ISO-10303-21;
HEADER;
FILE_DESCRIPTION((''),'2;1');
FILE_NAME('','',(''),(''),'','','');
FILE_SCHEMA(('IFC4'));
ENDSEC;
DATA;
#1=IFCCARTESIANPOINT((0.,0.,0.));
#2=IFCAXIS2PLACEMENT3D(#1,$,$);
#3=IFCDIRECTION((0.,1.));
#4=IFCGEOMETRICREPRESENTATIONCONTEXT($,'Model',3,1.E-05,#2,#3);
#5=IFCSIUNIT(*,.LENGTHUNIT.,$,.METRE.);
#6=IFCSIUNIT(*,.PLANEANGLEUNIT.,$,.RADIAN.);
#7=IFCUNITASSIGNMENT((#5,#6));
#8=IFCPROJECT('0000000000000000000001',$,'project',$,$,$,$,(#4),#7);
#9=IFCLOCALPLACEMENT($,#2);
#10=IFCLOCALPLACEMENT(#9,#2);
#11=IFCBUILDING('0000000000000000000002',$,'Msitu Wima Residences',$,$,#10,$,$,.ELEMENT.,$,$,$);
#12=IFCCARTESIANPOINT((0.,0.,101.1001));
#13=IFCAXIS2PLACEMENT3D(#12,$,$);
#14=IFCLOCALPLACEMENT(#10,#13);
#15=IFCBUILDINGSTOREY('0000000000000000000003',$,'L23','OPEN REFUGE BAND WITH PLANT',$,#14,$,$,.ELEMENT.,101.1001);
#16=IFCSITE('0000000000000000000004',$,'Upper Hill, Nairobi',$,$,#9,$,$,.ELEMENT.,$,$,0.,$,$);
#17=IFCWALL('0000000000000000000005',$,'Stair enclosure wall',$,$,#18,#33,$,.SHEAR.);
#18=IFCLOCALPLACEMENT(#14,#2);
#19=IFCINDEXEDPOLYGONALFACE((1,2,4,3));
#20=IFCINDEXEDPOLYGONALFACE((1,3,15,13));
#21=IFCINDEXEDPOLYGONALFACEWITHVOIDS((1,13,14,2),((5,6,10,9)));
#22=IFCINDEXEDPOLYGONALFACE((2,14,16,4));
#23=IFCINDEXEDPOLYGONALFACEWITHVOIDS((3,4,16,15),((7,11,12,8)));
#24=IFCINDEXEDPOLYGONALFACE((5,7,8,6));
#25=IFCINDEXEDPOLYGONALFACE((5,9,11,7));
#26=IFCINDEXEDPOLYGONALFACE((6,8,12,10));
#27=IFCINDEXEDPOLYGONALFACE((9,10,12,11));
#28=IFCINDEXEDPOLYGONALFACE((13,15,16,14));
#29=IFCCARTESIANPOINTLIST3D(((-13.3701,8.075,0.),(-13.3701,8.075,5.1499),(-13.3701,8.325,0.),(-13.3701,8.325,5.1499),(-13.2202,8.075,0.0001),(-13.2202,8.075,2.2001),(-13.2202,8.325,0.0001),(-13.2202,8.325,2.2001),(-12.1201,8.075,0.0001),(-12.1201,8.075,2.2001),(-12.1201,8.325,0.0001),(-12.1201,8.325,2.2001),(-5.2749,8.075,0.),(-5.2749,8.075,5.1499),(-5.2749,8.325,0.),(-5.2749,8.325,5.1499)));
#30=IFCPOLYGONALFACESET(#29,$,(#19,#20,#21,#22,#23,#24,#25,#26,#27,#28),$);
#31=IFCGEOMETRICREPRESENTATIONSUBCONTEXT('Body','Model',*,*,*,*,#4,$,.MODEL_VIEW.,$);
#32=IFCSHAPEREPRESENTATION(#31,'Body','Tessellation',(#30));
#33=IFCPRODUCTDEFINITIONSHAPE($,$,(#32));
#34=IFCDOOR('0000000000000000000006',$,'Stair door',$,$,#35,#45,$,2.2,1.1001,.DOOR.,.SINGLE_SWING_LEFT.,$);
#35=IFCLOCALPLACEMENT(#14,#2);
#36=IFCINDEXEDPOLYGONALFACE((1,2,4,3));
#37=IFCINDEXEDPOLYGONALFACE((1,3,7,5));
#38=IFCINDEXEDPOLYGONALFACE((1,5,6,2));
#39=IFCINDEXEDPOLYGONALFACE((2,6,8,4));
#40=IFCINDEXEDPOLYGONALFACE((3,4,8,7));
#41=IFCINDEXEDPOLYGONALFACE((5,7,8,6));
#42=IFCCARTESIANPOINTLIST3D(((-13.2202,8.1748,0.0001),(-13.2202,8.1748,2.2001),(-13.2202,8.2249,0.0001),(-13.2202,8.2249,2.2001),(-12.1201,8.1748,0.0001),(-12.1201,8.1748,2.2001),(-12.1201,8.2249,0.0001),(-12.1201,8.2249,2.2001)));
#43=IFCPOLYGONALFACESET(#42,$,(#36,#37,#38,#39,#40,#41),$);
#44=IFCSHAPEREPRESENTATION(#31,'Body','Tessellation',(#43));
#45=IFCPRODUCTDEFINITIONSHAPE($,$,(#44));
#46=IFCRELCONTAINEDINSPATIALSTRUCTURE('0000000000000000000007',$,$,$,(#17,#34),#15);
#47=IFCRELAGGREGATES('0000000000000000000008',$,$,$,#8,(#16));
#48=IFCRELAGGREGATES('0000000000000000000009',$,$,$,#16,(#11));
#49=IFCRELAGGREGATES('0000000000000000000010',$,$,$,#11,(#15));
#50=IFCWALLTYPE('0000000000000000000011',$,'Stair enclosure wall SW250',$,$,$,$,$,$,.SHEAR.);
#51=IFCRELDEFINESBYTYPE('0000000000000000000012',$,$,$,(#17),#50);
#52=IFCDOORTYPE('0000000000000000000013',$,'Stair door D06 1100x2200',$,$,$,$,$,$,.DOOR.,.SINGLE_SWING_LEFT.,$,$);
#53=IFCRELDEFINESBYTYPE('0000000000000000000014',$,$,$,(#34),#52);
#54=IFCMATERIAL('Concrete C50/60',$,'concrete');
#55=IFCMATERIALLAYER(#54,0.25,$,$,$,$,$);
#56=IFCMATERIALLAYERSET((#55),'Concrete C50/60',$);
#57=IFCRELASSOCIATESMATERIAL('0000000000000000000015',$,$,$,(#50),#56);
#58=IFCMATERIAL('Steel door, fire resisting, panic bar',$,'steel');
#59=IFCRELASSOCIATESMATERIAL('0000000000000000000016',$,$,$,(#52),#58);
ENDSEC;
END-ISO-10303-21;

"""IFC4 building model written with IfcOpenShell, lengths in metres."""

from ifc_helpers import new_model, si_unit, direction, frame, frame_2d, origin, place, context, subcontext, project, spatial, rectangle, extrude, material, layer, layer_set, type_object, element, fill, save


model = new_model("IFC4")

# Units and contexts
model_context = context("Model", 3, precision=1e-05, world=origin(), true_north=direction((0.0, 1.0)))
body_context = subcontext(model_context, "Body", "Model", "MODEL_VIEW")
ifc_project = project(units=[si_unit("LENGTHUNIT", "METRE"), si_unit("PLANEANGLEUNIT", "RADIAN")], contexts=[model_context])

# Site, building, storey
site_placement = place(None, origin())
site = spatial("IfcSite", under=ifc_project, at=site_placement, Name="Upper Hill, Nairobi", CompositionType="ELEMENT", RefElevation=0.0)
building_placement = place(site_placement, origin())
building = spatial("IfcBuilding", under=site, at=building_placement, Name="Msitu Wima Residences", CompositionType="ELEMENT")
storey_placement = place(building_placement, frame((0.0, 0.0, 101.1001)))
storey = spatial("IfcBuildingStorey", under=building, at=storey_placement, Name="L23", Description="OPEN REFUGE BAND WITH PLANT", CompositionType="ELEMENT", Elevation=101.1001)

# Shared definitions
ifc_material_1 = material(Name="Concrete C50/60", Category="concrete")

# Wall, opening, door
ifc_layer_1 = layer(ifc_material_1, 0.25)
ifc_layer_set_1 = layer_set([ifc_layer_1], Name="Concrete C50/60")
wall_type_1 = type_object("IfcWallType", Name="Stair enclosure wall SW250", PredefinedType="SHEAR", material=ifc_layer_set_1)
wall_1_placement = place(storey_placement, frame((-13.3701, 8.2, 0.0), z_axis=(0.0, 0.0, 1.0), x_axis=(1.0, 0.0, 0.0)))
wall_1 = element("IfcWall", 1, at=wall_1_placement, inside=storey, type_object=wall_type_1, Name="Stair enclosure wall", PredefinedType="SHEAR", context=body_context, shape_type="SweptSolid", body=[
    extrude(rectangle(XDim=8.0952, YDim=0.25, at=frame_2d((4.0476, 0.0))), origin(), (0.0, 0.0, 1.0), 5.1499),
])
opening_1_placement = place(wall_1_placement, frame((0.1499, 0.0, 0.0)))
opening_1 = element("IfcOpeningElement", 2, at=opening_1_placement, cuts=wall_1, PredefinedType="OPENING", context=body_context, shape_type="SweptSolid", body=[
    extrude(rectangle(XDim=1.1001, YDim=2.2, at=frame_2d((0.55, 1.1001))), frame((0.0, 0.135, 0.0), z_axis=(0.0, -1.0, 0.0), x_axis=(1.0, 0.0, 0.0)), (0.0, 0.0, 1.0), 0.27),
])
ifc_material_2 = material(Name="Steel door, fire resisting, panic bar", Category="steel")
door_type_1 = type_object("IfcDoorType", Name="Stair door D06 1100x2200", OperationType="SINGLE_SWING_LEFT", PredefinedType="DOOR", material=ifc_material_2)
door_1_placement = place(opening_1_placement, origin())
door_1 = element("IfcDoor", 3, at=door_1_placement, inside=storey, type_object=door_type_1, Name="Stair door", OperationType="SINGLE_SWING_LEFT", OverallHeight=2.2, OverallWidth=1.1001, PredefinedType="DOOR", context=body_context, shape_type="SweptSolid", body=[
    extrude(rectangle(XDim=1.1001, YDim=2.2, at=frame_2d((0.55, 1.1001))), frame((0.0, 0.0249, 0.0), z_axis=(0.0, -1.0, 0.0), x_axis=(1.0, 0.0, 0.0)), (0.0, 0.0, 1.0), 0.05),
])
fill(opening_1, door_1)

save(model, "model.ifc")
